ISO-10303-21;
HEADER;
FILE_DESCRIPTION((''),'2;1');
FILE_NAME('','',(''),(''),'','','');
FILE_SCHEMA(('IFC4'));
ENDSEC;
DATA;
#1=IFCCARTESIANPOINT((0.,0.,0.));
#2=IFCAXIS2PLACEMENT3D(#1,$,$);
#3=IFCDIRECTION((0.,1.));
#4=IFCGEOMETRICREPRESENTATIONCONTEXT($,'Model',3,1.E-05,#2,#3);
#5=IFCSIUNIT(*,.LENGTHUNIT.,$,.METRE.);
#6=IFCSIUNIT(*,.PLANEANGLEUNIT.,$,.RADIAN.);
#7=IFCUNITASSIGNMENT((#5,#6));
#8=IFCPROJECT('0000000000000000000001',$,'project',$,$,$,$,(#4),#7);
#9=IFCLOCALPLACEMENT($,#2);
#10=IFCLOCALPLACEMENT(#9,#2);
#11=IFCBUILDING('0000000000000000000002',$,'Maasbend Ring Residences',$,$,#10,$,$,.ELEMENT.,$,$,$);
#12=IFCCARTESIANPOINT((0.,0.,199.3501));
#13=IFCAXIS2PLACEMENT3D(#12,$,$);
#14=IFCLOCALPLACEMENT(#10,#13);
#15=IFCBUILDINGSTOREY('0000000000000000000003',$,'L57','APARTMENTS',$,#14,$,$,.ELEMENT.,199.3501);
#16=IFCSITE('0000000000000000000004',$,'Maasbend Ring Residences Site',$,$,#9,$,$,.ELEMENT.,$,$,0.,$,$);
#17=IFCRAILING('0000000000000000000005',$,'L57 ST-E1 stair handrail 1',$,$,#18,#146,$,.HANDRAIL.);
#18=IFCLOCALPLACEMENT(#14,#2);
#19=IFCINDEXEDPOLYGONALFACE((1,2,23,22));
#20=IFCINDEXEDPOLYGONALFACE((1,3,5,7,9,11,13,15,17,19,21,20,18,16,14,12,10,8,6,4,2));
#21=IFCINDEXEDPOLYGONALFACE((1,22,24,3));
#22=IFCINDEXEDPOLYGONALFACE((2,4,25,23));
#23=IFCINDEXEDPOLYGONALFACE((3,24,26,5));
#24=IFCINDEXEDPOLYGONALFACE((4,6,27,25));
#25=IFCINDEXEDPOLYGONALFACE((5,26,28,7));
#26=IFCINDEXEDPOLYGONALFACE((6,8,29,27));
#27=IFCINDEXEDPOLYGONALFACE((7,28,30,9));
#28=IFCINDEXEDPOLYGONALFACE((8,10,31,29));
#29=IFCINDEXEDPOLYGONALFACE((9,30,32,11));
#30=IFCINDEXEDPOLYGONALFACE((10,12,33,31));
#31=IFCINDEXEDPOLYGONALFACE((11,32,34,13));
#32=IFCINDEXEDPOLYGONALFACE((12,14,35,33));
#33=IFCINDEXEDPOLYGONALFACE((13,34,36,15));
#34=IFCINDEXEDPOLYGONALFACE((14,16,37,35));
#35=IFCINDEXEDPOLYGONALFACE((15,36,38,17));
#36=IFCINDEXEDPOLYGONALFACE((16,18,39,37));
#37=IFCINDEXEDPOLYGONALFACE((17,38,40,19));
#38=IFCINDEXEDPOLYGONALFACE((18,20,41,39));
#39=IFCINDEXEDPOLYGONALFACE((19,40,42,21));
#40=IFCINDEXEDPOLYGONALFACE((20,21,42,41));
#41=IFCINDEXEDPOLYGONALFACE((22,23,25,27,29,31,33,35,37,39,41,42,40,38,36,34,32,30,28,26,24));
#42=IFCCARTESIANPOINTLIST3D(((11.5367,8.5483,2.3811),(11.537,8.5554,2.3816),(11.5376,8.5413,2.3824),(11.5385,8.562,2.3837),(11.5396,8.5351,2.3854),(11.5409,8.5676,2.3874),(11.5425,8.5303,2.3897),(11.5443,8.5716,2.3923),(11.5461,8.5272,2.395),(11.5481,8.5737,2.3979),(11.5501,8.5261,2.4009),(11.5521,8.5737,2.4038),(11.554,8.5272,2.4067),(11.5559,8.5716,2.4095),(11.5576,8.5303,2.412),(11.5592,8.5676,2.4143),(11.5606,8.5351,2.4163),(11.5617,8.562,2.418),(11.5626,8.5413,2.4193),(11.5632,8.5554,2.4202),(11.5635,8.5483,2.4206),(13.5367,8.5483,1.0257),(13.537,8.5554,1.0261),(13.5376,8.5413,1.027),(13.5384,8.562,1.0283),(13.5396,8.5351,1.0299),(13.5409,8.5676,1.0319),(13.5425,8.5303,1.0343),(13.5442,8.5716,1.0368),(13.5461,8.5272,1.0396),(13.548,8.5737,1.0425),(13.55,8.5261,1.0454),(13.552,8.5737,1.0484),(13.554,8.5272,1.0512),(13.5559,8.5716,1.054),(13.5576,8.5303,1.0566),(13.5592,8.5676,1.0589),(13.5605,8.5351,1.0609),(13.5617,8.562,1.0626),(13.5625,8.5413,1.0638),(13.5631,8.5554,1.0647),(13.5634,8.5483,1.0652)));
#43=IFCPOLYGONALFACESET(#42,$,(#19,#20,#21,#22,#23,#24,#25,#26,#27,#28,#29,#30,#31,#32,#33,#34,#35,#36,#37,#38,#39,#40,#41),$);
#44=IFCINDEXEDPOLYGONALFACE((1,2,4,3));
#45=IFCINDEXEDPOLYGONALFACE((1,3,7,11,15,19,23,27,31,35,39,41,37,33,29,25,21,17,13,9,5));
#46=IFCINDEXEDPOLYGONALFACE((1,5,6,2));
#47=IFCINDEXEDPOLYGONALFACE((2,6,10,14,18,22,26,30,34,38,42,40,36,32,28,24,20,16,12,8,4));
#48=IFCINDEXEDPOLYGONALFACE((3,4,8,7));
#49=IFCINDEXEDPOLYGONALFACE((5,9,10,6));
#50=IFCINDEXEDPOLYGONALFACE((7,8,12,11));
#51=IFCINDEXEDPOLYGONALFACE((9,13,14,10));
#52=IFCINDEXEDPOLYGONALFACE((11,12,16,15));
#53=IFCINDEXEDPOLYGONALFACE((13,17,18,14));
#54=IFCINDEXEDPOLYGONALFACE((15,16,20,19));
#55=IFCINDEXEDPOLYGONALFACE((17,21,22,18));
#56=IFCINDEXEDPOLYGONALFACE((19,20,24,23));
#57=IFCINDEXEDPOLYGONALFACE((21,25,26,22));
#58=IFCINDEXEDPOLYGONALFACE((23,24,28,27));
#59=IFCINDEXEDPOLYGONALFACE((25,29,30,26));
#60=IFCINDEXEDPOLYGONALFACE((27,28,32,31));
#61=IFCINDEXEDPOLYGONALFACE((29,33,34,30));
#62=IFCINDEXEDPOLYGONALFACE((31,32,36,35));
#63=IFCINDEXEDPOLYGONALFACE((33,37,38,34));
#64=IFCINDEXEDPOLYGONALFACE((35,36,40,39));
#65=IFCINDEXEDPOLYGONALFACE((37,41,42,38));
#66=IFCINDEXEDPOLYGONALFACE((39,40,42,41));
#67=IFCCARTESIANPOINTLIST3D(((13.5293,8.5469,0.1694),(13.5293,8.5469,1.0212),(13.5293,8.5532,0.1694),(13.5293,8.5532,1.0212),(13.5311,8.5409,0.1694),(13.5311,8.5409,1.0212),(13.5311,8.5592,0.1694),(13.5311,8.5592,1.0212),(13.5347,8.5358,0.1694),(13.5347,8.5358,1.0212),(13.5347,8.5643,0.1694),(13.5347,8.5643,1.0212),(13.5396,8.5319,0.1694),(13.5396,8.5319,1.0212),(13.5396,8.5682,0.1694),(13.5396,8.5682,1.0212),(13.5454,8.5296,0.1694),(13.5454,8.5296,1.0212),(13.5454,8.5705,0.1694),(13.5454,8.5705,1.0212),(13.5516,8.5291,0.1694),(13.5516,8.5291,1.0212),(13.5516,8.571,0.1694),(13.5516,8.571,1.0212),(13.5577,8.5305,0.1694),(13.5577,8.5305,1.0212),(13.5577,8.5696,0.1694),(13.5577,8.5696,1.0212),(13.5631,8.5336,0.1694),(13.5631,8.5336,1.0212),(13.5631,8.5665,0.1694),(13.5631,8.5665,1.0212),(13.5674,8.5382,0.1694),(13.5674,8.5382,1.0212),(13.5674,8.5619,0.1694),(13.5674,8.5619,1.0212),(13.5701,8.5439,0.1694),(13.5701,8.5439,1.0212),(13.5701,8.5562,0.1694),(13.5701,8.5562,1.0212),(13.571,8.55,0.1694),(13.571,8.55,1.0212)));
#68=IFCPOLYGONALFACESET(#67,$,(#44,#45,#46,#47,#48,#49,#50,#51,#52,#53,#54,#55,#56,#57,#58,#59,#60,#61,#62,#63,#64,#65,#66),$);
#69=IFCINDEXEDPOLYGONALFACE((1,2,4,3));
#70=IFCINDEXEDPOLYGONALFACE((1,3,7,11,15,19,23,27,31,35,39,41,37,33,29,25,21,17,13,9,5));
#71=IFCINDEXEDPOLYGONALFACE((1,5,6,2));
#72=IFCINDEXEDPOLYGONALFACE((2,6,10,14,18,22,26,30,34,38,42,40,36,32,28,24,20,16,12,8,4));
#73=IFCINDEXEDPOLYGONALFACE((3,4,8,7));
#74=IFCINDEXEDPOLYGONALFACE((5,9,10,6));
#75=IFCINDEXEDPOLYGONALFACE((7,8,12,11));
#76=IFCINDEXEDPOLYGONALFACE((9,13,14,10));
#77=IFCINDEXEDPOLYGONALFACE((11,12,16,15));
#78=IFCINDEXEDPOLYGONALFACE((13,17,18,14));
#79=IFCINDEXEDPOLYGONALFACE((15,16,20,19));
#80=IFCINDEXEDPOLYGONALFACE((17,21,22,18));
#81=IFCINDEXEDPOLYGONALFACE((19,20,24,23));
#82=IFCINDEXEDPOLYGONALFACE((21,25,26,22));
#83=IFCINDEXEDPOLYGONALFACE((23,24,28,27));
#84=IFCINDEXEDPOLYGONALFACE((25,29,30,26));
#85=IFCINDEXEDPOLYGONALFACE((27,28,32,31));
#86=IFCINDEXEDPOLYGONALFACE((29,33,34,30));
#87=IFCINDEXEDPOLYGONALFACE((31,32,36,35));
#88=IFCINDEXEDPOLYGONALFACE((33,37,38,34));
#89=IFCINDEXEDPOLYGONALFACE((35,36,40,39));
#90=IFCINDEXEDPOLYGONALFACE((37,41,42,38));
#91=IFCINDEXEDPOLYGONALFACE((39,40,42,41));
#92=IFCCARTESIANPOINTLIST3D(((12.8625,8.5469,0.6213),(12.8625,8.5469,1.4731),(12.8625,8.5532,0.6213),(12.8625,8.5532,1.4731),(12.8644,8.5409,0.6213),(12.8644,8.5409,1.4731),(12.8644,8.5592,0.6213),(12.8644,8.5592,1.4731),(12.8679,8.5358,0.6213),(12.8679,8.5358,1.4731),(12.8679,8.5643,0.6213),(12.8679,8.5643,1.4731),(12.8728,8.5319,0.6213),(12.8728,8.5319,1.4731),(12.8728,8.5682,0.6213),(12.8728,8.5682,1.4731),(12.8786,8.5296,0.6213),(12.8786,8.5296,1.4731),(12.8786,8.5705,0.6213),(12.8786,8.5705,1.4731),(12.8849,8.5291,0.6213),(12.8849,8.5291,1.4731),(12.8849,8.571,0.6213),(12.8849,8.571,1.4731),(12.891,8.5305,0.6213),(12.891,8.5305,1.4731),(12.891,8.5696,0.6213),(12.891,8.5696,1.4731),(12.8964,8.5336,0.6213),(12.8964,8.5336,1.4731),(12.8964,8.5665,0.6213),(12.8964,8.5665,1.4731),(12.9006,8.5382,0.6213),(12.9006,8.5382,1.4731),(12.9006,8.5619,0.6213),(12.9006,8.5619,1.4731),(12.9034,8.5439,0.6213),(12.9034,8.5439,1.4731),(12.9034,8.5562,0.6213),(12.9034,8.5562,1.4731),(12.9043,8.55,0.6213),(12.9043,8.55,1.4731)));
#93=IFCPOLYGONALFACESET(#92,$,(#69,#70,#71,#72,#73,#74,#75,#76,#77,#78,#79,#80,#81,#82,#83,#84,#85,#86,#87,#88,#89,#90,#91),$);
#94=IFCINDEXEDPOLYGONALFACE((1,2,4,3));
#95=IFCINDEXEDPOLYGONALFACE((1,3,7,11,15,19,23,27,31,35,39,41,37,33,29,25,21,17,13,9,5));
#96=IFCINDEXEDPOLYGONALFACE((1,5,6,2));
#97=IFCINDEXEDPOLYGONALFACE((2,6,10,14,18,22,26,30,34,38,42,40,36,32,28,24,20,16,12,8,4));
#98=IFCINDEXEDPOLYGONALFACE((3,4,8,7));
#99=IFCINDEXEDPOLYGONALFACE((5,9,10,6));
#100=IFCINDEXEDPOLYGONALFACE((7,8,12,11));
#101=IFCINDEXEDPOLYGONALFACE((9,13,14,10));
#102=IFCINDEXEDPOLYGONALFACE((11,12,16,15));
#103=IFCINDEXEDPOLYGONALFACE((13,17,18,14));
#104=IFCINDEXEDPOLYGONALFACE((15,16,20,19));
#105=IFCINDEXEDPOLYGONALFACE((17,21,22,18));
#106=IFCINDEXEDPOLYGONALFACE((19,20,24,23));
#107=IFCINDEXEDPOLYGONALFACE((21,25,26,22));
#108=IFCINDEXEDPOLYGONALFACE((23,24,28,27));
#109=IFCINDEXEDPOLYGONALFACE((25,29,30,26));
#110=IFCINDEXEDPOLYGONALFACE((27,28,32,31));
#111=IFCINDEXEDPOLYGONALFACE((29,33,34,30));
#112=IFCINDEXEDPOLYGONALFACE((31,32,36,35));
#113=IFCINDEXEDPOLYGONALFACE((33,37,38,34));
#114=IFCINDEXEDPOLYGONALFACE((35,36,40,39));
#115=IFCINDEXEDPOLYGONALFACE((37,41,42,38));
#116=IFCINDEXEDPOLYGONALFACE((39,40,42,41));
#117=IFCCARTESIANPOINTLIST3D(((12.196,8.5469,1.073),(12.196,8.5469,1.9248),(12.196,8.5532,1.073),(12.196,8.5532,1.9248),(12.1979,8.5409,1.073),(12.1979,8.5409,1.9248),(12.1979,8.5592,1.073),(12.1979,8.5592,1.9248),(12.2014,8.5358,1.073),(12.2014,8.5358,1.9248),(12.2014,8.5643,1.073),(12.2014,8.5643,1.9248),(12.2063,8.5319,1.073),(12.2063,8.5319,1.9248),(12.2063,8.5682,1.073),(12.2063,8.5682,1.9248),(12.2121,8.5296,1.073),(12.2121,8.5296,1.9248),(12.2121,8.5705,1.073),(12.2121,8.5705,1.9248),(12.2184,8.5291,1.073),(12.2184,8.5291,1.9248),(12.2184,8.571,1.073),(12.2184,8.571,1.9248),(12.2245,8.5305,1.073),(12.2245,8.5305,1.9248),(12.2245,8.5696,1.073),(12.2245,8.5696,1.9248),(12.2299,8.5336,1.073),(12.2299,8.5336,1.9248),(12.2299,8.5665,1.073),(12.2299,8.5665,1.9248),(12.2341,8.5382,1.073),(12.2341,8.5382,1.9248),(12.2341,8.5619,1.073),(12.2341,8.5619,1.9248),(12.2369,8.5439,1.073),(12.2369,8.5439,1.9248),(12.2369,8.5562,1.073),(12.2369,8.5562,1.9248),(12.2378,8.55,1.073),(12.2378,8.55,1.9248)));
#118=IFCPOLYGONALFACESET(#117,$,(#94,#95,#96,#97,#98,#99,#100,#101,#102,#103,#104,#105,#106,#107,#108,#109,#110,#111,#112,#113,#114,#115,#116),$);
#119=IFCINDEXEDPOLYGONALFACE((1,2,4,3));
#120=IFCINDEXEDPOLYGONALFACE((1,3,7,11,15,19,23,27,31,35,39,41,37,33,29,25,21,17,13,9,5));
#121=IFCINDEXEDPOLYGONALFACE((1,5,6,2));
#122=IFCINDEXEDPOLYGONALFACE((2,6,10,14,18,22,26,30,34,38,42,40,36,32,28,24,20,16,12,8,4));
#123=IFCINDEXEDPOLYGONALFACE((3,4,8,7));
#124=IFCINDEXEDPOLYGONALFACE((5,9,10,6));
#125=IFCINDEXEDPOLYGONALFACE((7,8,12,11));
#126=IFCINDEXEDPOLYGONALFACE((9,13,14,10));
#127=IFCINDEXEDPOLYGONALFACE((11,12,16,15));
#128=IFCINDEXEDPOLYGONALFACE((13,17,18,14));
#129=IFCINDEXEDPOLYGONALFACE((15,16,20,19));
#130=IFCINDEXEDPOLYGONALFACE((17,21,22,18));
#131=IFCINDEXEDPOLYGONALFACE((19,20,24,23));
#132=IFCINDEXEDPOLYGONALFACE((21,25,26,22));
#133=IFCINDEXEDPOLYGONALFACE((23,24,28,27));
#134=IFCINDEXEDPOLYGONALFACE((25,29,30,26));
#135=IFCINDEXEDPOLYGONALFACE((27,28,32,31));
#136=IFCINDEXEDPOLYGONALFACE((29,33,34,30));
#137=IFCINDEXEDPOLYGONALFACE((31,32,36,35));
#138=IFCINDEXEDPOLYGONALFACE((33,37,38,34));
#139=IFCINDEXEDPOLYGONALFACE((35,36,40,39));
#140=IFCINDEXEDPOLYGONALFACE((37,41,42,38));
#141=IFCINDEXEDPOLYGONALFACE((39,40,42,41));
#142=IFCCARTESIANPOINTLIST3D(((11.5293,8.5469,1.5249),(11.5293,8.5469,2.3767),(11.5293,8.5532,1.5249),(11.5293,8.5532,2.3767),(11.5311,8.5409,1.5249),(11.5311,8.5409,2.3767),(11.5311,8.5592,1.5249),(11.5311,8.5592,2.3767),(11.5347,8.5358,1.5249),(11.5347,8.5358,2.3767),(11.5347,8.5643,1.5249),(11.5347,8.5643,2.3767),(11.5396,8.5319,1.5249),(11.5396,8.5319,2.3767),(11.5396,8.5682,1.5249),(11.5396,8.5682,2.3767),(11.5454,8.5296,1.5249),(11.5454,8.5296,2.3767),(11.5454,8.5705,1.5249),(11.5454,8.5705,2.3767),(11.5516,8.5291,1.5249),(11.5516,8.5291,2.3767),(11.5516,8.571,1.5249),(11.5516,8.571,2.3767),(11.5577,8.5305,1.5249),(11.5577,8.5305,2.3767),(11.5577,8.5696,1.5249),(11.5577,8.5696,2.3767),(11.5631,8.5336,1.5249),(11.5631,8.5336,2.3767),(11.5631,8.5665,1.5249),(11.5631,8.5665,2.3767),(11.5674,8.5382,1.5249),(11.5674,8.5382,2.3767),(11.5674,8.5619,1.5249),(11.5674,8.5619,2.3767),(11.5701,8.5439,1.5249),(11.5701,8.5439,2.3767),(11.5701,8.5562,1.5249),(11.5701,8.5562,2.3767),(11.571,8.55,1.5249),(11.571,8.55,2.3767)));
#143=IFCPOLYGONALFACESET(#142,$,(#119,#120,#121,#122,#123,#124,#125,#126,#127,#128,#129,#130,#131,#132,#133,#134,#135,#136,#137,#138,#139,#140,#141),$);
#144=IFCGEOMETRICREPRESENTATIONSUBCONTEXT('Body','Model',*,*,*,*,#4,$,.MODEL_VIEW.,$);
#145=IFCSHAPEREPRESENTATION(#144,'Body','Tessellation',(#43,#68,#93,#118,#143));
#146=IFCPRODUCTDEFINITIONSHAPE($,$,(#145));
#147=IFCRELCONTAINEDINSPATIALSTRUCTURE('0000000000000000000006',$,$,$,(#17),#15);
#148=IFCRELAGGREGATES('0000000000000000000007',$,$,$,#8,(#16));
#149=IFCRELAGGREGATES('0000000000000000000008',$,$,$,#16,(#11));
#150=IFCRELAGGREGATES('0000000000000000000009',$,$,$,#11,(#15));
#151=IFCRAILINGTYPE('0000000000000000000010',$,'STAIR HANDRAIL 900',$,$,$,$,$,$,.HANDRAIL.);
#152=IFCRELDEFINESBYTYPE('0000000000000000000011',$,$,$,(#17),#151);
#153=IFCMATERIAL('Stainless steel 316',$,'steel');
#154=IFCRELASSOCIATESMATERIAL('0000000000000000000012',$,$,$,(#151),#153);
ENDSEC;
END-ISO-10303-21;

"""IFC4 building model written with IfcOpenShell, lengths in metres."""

from ifc_helpers import new_model, si_unit, direction, frame, origin, origin_2d, place, context, subcontext, project, spatial, circle, extrude, material, type_object, element, save


model = new_model("IFC4")

# Units and contexts
model_context = context("Model", 3, precision=1e-05, world=origin(), true_north=direction((0.0, 1.0)))
body_context = subcontext(model_context, "Body", "Model", "MODEL_VIEW")
ifc_project = project(units=[si_unit("LENGTHUNIT", "METRE"), si_unit("PLANEANGLEUNIT", "RADIAN")], contexts=[model_context])

# Site, building, storey
site_placement = place(None, origin())
site = spatial("IfcSite", under=ifc_project, at=site_placement, Name="Maasbend Ring Residences Site", CompositionType="ELEMENT", RefElevation=0.0)
building_placement = place(site_placement, origin())
building = spatial("IfcBuilding", under=site, at=building_placement, Name="Maasbend Ring Residences", CompositionType="ELEMENT")
storey_placement = place(building_placement, frame((0.0, 0.0, 199.3501)))
storey = spatial("IfcBuildingStorey", under=building, at=storey_placement, Name="L57", Description="APARTMENTS", CompositionType="ELEMENT", Elevation=199.3501)

# Railing
ifc_material_1 = material(Name="Stainless steel 316", Category="steel")
railing_type_1 = type_object("IfcRailingType", Name="STAIR HANDRAIL 900", PredefinedType="HANDRAIL", material=ifc_material_1)
railing_1_placement = place(storey_placement, frame((13.55, 8.55, 0.1694)))
element("IfcRailing", 1, at=railing_1_placement, inside=storey, type_object=railing_type_1, Name="L57 ST-E1 stair handrail 1", PredefinedType="HANDRAIL", context=body_context, shape_type="SweptSolid", body=[
    extrude(circle(Radius=0.0239, at=origin_2d()), frame((0.0, 0.0, 0.876), z_axis=(-0.827798, 0.0, 0.561027), x_axis=(0.0, -1.0, 0.0)), (0.0, 0.0, 1.0), 2.416),
    extrude(circle(Radius=0.021, at=origin_2d()), origin(), (0.0, 0.0, 1.0), 0.8518),
    extrude(circle(Radius=0.021, at=origin_2d()), frame((-0.6667, 0.0, 0.4519)), (0.0, 0.0, 1.0), 0.8518),
    extrude(circle(Radius=0.021, at=origin_2d()), frame((-1.3333, 0.0, 0.9036)), (0.0, 0.0, 1.0), 0.8518),
    extrude(circle(Radius=0.021, at=origin_2d()), frame((-2.0, 0.0, 1.3555)), (0.0, 0.0, 1.0), 0.8518),
])

save(model, "model.ifc")
